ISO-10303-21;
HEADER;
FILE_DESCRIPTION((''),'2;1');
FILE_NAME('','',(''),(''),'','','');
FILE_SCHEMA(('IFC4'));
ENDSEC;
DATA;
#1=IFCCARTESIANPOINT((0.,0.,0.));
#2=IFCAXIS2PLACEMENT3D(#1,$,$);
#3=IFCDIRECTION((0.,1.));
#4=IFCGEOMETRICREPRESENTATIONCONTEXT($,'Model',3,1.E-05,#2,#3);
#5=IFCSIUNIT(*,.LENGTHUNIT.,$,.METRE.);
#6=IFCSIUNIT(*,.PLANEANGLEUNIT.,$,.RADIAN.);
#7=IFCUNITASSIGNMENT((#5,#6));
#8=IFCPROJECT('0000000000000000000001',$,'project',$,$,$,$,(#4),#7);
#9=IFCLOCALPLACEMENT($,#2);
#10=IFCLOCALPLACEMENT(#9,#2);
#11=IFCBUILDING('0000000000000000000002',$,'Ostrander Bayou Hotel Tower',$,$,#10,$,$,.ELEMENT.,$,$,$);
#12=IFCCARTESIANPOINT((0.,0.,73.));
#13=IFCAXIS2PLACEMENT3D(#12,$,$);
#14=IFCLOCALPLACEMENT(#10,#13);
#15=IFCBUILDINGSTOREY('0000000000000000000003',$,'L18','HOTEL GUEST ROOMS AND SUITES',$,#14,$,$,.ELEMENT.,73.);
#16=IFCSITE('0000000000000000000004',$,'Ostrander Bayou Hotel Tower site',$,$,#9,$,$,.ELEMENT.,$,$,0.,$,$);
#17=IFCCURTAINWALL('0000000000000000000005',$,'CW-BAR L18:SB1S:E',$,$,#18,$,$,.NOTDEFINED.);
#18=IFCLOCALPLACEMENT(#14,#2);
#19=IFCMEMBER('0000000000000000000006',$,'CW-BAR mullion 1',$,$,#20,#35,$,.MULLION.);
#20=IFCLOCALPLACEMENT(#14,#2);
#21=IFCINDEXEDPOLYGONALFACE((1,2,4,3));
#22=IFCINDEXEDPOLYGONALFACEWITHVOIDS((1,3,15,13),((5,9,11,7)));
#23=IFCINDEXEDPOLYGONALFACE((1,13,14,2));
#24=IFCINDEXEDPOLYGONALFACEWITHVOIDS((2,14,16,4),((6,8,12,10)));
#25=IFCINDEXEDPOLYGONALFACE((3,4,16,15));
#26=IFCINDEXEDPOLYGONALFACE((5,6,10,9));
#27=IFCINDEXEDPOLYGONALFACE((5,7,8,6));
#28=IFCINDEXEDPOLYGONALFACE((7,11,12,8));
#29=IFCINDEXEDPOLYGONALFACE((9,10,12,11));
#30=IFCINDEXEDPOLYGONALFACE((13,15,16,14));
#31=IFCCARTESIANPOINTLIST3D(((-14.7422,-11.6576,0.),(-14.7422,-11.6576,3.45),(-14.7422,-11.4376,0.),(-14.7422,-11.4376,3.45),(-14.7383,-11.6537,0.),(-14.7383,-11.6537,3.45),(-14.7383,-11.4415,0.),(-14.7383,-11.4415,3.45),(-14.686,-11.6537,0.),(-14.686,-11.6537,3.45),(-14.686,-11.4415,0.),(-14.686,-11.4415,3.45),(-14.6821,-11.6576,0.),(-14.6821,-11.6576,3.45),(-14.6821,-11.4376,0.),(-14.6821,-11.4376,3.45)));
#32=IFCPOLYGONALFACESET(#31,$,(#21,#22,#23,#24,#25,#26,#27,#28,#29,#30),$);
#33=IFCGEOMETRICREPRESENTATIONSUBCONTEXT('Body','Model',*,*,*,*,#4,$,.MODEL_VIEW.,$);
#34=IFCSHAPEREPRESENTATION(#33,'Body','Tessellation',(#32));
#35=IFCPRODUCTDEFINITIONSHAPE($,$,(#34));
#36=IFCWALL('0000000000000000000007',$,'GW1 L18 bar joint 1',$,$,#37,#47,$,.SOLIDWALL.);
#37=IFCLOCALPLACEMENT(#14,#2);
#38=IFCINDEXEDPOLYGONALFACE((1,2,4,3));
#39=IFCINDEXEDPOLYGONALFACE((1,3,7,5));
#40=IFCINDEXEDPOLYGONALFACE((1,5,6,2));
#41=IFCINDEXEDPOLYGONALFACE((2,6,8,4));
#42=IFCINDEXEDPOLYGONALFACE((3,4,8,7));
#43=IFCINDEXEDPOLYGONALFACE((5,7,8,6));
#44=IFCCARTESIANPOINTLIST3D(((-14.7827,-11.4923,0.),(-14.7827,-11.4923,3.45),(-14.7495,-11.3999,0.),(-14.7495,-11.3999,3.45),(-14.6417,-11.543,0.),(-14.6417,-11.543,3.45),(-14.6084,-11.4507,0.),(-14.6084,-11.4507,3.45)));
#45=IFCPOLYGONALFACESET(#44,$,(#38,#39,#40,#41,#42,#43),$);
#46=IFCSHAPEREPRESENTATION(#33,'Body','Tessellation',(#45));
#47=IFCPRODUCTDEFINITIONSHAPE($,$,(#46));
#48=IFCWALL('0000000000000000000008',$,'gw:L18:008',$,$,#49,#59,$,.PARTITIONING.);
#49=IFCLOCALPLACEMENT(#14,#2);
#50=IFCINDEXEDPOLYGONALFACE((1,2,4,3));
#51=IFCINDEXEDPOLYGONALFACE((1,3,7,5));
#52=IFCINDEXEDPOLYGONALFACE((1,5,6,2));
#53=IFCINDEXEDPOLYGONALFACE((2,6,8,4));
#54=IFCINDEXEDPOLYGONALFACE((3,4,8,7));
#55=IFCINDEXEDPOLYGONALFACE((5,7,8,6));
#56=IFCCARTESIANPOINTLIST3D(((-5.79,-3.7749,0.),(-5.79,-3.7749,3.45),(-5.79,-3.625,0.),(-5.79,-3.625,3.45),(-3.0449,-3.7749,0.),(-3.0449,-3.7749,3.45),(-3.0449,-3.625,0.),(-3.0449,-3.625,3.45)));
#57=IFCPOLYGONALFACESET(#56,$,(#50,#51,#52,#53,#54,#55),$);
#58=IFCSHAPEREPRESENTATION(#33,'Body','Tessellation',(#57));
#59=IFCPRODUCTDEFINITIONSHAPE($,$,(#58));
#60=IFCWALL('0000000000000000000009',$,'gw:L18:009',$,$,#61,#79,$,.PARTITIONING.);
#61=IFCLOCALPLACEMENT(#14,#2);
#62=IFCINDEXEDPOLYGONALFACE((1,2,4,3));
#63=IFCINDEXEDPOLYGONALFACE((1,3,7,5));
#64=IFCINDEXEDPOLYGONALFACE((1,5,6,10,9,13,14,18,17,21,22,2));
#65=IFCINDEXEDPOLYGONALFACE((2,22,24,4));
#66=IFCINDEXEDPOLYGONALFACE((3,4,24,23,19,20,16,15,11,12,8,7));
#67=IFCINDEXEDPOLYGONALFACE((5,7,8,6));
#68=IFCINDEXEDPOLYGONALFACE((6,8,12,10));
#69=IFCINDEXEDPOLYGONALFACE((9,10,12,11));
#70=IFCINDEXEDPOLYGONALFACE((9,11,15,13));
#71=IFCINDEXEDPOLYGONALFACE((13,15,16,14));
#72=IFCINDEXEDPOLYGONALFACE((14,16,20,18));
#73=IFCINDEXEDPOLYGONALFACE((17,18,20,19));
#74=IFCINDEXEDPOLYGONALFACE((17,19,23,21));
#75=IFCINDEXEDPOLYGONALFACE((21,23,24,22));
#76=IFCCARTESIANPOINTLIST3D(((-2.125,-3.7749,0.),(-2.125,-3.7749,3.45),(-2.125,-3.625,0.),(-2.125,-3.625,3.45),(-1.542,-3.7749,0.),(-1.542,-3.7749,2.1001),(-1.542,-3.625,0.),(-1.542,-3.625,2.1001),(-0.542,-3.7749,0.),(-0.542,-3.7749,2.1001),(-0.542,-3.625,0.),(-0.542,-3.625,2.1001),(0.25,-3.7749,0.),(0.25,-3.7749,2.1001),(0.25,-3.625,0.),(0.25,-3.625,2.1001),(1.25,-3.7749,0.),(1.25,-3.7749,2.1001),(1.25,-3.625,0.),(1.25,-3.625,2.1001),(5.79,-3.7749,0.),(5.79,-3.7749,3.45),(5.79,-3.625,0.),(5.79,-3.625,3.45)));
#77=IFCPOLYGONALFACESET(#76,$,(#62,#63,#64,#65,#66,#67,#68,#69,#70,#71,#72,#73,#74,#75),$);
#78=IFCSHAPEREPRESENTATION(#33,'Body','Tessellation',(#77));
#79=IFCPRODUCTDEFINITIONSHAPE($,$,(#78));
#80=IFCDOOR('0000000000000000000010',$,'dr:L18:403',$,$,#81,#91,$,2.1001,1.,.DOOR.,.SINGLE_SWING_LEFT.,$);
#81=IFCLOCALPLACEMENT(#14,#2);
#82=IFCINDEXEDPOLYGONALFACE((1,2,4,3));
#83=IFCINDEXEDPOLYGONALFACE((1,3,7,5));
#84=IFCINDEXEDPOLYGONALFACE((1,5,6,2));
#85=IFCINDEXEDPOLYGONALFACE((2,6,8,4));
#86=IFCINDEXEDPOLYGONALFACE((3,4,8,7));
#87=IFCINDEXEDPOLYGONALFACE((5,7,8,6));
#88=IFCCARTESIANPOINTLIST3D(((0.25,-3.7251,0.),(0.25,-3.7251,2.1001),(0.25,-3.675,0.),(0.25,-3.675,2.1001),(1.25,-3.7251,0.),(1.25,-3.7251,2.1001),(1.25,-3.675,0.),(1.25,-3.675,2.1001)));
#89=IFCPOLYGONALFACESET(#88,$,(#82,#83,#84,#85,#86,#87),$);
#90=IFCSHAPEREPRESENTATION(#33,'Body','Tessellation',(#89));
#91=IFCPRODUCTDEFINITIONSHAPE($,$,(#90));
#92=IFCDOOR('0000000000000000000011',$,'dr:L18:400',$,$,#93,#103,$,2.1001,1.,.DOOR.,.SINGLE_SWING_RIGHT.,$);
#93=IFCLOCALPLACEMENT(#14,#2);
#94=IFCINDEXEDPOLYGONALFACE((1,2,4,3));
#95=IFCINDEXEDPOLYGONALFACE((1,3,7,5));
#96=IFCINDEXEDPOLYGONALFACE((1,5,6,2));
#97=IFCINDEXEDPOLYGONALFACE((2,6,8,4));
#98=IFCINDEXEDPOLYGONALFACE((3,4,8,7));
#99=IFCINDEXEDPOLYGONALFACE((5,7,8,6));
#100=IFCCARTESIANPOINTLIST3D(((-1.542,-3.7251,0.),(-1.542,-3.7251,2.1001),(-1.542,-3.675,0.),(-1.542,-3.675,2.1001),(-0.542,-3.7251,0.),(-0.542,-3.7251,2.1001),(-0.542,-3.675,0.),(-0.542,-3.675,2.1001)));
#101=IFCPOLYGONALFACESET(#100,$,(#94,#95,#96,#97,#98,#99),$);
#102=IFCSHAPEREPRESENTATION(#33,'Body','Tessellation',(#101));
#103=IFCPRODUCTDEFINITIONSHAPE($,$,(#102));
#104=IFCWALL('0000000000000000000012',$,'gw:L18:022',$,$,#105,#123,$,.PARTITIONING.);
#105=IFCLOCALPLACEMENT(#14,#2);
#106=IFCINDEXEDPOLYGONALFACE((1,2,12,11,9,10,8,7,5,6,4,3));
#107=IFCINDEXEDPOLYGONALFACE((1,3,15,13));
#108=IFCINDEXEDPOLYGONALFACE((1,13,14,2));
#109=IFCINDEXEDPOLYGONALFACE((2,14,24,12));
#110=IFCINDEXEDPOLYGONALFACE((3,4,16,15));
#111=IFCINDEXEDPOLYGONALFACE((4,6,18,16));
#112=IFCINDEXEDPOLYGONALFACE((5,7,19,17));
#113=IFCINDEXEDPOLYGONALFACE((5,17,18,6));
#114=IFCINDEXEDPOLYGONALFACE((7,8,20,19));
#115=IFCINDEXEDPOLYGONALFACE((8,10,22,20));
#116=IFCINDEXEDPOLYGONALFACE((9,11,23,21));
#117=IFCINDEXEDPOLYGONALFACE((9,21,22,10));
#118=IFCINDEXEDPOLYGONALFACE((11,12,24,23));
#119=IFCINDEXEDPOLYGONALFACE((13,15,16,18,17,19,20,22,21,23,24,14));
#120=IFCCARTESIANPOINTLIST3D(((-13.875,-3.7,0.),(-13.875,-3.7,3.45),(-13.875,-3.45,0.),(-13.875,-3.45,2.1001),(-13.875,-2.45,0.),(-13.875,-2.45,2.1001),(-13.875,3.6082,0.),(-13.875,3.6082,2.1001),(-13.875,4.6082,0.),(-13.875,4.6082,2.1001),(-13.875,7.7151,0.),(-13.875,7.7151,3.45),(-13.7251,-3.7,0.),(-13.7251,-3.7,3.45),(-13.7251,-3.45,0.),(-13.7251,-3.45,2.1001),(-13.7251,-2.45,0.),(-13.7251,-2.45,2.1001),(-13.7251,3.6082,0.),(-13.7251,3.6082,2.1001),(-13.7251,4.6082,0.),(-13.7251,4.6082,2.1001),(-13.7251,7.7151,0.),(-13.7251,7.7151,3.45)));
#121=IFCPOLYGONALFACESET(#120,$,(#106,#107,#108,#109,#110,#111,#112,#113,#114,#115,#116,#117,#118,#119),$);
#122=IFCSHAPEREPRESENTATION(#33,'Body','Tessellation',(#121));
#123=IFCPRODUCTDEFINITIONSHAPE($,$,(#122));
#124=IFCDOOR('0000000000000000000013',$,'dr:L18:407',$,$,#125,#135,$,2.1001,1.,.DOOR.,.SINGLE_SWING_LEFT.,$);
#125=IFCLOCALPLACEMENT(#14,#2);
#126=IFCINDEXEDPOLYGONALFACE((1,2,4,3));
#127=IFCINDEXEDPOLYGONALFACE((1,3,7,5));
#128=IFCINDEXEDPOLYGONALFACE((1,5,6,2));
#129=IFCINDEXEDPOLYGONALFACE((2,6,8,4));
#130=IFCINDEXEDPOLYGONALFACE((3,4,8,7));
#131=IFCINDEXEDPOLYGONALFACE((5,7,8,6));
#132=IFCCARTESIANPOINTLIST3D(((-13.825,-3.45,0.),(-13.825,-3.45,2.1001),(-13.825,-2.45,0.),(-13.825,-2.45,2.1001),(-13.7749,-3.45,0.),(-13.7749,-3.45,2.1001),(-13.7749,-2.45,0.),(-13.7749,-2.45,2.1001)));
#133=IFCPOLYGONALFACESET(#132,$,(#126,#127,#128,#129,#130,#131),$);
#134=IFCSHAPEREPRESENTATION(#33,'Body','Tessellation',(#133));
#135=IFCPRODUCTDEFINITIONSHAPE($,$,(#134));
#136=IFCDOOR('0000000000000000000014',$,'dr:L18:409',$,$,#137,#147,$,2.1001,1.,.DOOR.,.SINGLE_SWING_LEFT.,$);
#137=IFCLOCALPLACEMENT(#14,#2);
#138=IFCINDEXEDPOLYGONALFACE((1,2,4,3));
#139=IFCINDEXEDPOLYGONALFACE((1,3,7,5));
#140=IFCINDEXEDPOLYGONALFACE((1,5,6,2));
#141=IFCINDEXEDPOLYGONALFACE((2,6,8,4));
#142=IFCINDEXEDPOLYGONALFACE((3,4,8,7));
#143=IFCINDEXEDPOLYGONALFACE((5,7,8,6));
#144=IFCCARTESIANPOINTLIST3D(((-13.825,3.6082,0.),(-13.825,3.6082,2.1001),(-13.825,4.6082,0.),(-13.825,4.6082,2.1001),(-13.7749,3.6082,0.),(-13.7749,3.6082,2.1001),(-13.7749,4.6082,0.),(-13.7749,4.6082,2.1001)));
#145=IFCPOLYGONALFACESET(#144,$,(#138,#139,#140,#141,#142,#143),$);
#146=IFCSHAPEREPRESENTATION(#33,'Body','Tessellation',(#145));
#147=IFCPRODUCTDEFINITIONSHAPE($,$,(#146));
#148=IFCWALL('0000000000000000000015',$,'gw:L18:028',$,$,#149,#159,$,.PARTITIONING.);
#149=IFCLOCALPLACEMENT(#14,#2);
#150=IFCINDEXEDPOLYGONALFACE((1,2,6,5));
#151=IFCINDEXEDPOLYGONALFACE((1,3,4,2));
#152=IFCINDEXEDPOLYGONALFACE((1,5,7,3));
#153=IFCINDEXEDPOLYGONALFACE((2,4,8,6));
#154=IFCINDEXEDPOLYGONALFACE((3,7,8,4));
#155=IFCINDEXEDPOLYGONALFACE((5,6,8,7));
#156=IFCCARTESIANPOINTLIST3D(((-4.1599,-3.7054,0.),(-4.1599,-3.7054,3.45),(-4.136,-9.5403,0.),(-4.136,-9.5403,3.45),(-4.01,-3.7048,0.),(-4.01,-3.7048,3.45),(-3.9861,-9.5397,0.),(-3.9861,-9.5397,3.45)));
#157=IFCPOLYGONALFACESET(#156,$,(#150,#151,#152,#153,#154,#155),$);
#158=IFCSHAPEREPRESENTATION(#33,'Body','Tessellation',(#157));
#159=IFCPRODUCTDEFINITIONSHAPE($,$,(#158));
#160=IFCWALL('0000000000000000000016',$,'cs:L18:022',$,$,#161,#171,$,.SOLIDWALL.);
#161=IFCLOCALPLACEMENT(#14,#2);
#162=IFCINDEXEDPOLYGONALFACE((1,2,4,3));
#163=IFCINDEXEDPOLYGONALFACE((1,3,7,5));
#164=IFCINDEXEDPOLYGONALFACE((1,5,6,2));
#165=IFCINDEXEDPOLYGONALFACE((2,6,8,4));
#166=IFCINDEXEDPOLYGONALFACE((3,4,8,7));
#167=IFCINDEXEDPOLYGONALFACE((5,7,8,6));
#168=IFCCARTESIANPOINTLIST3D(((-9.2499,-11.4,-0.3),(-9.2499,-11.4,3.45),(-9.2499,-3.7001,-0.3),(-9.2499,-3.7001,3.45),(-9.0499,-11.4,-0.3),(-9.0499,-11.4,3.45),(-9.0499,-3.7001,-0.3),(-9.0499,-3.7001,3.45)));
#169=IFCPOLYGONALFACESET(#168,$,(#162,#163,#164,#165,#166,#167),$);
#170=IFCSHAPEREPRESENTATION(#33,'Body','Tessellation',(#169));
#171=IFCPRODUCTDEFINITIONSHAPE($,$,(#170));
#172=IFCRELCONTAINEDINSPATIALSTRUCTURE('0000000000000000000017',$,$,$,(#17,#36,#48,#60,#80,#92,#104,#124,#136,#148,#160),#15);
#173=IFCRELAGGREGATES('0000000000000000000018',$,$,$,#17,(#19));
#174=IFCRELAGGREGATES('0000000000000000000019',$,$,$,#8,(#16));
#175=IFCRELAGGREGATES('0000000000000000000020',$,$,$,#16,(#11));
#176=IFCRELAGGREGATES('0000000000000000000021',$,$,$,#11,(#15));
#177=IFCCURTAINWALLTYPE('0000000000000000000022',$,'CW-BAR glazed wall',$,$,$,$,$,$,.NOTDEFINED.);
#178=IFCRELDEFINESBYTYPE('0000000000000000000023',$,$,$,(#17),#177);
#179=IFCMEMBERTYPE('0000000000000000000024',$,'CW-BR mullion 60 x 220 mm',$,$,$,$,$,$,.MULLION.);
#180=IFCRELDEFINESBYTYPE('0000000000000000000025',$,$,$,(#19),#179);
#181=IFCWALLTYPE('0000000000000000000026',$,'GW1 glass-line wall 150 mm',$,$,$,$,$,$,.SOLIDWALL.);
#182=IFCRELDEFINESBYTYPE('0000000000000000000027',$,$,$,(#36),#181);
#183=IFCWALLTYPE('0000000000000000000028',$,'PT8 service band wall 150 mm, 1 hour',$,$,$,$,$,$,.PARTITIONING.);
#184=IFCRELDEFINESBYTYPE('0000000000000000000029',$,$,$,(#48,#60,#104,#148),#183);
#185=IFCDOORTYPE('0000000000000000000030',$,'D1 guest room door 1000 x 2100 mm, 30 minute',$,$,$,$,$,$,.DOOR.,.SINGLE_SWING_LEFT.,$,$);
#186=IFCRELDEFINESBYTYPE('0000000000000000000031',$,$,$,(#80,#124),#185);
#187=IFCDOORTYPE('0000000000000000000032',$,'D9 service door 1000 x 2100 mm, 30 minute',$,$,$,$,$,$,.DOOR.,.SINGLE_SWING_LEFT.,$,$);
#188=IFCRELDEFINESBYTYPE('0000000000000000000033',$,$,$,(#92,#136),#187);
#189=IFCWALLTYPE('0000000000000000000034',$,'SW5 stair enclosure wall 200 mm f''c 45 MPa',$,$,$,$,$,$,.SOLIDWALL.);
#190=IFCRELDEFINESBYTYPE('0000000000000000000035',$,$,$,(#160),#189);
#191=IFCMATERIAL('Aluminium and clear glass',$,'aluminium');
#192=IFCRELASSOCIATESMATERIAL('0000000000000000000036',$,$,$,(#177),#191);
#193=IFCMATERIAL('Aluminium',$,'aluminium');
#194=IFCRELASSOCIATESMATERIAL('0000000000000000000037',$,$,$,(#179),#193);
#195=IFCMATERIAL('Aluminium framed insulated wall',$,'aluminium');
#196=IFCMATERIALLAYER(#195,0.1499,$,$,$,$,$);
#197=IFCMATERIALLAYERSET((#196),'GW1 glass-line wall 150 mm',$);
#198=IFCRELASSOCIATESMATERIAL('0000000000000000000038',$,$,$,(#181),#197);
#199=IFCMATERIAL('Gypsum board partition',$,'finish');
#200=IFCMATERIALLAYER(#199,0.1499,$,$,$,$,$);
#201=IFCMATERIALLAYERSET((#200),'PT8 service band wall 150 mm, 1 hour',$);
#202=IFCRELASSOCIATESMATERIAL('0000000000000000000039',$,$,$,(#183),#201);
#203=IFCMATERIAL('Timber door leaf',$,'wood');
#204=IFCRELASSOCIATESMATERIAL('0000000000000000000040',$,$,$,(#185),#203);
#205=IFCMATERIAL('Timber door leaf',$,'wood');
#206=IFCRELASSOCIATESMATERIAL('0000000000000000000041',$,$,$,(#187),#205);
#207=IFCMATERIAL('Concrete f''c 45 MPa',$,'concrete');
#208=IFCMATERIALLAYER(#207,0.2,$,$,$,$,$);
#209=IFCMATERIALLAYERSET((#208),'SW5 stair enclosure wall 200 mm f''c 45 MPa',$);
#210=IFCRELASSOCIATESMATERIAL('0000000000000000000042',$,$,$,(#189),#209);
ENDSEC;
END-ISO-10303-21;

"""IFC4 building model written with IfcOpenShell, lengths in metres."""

from ifc_helpers import new_model, si_unit, direction, frame, frame_2d, origin, origin_2d, place, context, subcontext, project, spatial, rectangle, hollow_rectangle, extrude, material, layer, layer_set, material_profile, profile_set, type_object, element, fill, aggregate, save


model = new_model("IFC4")

# Units and contexts
model_context = context("Model", 3, precision=1e-05, world=origin(), true_north=direction((0.0, 1.0)))
body_context = subcontext(model_context, "Body", "Model", "MODEL_VIEW")
ifc_project = project(units=[si_unit("LENGTHUNIT", "METRE"), si_unit("PLANEANGLEUNIT", "RADIAN")], contexts=[model_context])

# Site, building, storey
site_placement = place(None, origin())
site = spatial("IfcSite", under=ifc_project, at=site_placement, Name="Ostrander Bayou Hotel Tower site", CompositionType="ELEMENT", RefElevation=0.0)
building_placement = place(site_placement, origin())
building = spatial("IfcBuilding", under=site, at=building_placement, Name="Ostrander Bayou Hotel Tower", CompositionType="ELEMENT")
storey_placement = place(building_placement, frame((0.0, 0.0, 73.0)))
storey = spatial("IfcBuildingStorey", under=building, at=storey_placement, Name="L18", Description="HOTEL GUEST ROOMS AND SUITES", CompositionType="ELEMENT", Elevation=73.0)

# Curtain wall, member
ifc_material_1 = material(Name="Aluminium and clear glass", Category="aluminium")
curtain_wall_type = type_object("IfcCurtainWallType", Name="CW-BAR glazed wall", PredefinedType="NOTDEFINED", material=ifc_material_1)
curtain_wall_placement = place(storey_placement, origin())
curtain_wall = element("IfcCurtainWall", 1, at=curtain_wall_placement, inside=storey, type_object=curtain_wall_type, Name="CW-BAR L18:SB1S:E", PredefinedType="NOTDEFINED")
ifc_material_2 = material(Name="Aluminium", Category="aluminium")
ifc_material_profile = material_profile(ifc_material_2, hollow_rectangle(XDim=0.0601, YDim=0.22, WallThickness=0.0039, at=origin_2d()))
ifc_profile_set = profile_set([ifc_material_profile], Name="Aluminium")
member_type = type_object("IfcMemberType", Name="CW-BR mullion 60 x 220 mm", PredefinedType="MULLION", material=ifc_profile_set)
member_placement = place(storey_placement, frame((-14.7122, -11.5476, 0.0), z_axis=(0.0, 0.0, 1.0), x_axis=(1.0, 0.0, 0.0)))
member = element("IfcMember", 2, at=member_placement, type_object=member_type, Name="CW-BAR mullion 1", PredefinedType="MULLION", context=body_context, shape_type="SweptSolid", body=[
    extrude(hollow_rectangle(XDim=0.0601, YDim=0.22, WallThickness=0.0039, at=origin_2d()), origin(), (0.0, 0.0, 1.0), 3.45),
])
aggregate(curtain_wall, [member])

# Walls
ifc_material_3 = material(Name="Aluminium framed insulated wall", Category="aluminium")
ifc_layer_1 = layer(ifc_material_3, 0.1499)
ifc_layer_set_1 = layer_set([ifc_layer_1], Name="GW1 glass-line wall 150 mm")
wall_type_1 = type_object("IfcWallType", Name="GW1 glass-line wall 150 mm", PredefinedType="SOLIDWALL", material=ifc_layer_set_1)
wall_1_placement = place(storey_placement, frame((-14.679, -11.4253, 0.0), z_axis=(0.0, 0.0, 1.0), x_axis=(-0.338543, -0.940951, 0.0)))
element("IfcWall", 3, at=wall_1_placement, inside=storey, type_object=wall_type_1, Name="GW1 L18 bar joint 1", PredefinedType="SOLIDWALL", context=body_context, shape_type="SweptSolid", body=[
    extrude(rectangle(XDim=0.0981, YDim=0.1499, at=frame_2d((0.0491, 0.0))), origin(), (0.0, 0.0, 1.0), 3.45),
])
ifc_material_4 = material(Name="Gypsum board partition", Category="finish")
ifc_layer_2 = layer(ifc_material_4, 0.1499)
ifc_layer_set_2 = layer_set([ifc_layer_2], Name="PT8 service band wall 150 mm, 1 hour")
wall_type_2 = type_object("IfcWallType", Name="PT8 service band wall 150 mm, 1 hour", PredefinedType="PARTITIONING", material=ifc_layer_set_2)
wall_2_placement = place(storey_placement, frame((-5.79, -3.7, 0.0), z_axis=(0.0, 0.0, 1.0), x_axis=(1.0, 0.0, 0.0)))
element("IfcWall", 4, at=wall_2_placement, inside=storey, type_object=wall_type_2, Name="gw:L18:008", PredefinedType="PARTITIONING", context=body_context, shape_type="SweptSolid", body=[
    extrude(rectangle(XDim=2.7451, YDim=0.1499, at=frame_2d((1.3726, 0.0))), origin(), (0.0, 0.0, 1.0), 3.45),
])

# Walls, openings, doors
wall_3_placement = place(storey_placement, frame((-2.125, -3.7, 0.0), z_axis=(0.0, 0.0, 1.0), x_axis=(1.0, 0.0, 0.0)))
wall_3 = element("IfcWall", 5, at=wall_3_placement, inside=storey, type_object=wall_type_2, Name="gw:L18:009", PredefinedType="PARTITIONING", context=body_context, shape_type="SweptSolid", body=[
    extrude(rectangle(XDim=7.915, YDim=0.1499, at=frame_2d((3.9575, 0.0))), origin(), (0.0, 0.0, 1.0), 3.45),
])
opening_1_placement = place(wall_3_placement, frame((0.583, 0.0, 0.0)))
opening_1 = element("IfcOpeningElement", 6, at=opening_1_placement, cuts=wall_3, PredefinedType="OPENING", context=body_context, shape_type="SweptSolid", body=[
    extrude(rectangle(XDim=1.0, YDim=2.1001, at=frame_2d((0.5, 1.05))), frame((0.0, 0.075, 0.0), z_axis=(0.0, -1.0, 0.0), x_axis=(1.0, 0.0, 0.0)), (0.0, 0.0, 1.0), 0.1499),
])
opening_2_placement = place(wall_3_placement, frame((2.375, 0.0, 0.0)))
opening_2 = element("IfcOpeningElement", 7, at=opening_2_placement, cuts=wall_3, PredefinedType="OPENING", context=body_context, shape_type="SweptSolid", body=[
    extrude(rectangle(XDim=1.0, YDim=2.1001, at=frame_2d((0.5, 1.05))), frame((0.0, 0.075, 0.0), z_axis=(0.0, -1.0, 0.0), x_axis=(1.0, 0.0, 0.0)), (0.0, 0.0, 1.0), 0.1499),
])
ifc_material_5 = material(Name="Timber door leaf", Category="wood")
door_type_1 = type_object("IfcDoorType", Name="D1 guest room door 1000 x 2100 mm, 30 minute", OperationType="SINGLE_SWING_LEFT", PredefinedType="DOOR", material=ifc_material_5)
door_1_placement = place(opening_2_placement, origin())
door_1 = element("IfcDoor", 8, at=door_1_placement, inside=storey, type_object=door_type_1, Name="dr:L18:403", OperationType="SINGLE_SWING_LEFT", OverallHeight=2.1001, OverallWidth=1.0, PredefinedType="DOOR", context=body_context, shape_type="SweptSolid", body=[
    extrude(rectangle(XDim=1.0, YDim=2.1001, at=frame_2d((0.5, 1.05))), frame((0.0, 0.0249, 0.0), z_axis=(0.0, -1.0, 0.0), x_axis=(1.0, 0.0, 0.0)), (0.0, 0.0, 1.0), 0.05),
])
fill(opening_2, door_1)
ifc_material_6 = material(Name="Timber door leaf", Category="wood")
door_type_2 = type_object("IfcDoorType", Name="D9 service door 1000 x 2100 mm, 30 minute", OperationType="SINGLE_SWING_LEFT", PredefinedType="DOOR", material=ifc_material_6)
door_2_placement = place(opening_1_placement, origin())
door_2 = element("IfcDoor", 9, at=door_2_placement, inside=storey, type_object=door_type_2, Name="dr:L18:400", OperationType="SINGLE_SWING_RIGHT", OverallHeight=2.1001, OverallWidth=1.0, PredefinedType="DOOR", context=body_context, shape_type="SweptSolid", body=[
    extrude(rectangle(XDim=1.0, YDim=2.1001, at=frame_2d((0.5, 1.05))), frame((0.0, 0.0249, 0.0), z_axis=(0.0, -1.0, 0.0), x_axis=(1.0, 0.0, 0.0)), (0.0, 0.0, 1.0), 0.05),
])
fill(opening_1, door_2)
wall_4_placement = place(storey_placement, frame((-13.8, -3.7, 0.0), z_axis=(0.0, 0.0, 1.0), x_axis=(0.0, 1.0, 0.0)))
wall_4 = element("IfcWall", 10, at=wall_4_placement, inside=storey, type_object=wall_type_2, Name="gw:L18:022", PredefinedType="PARTITIONING", context=body_context, shape_type="SweptSolid", body=[
    extrude(rectangle(XDim=11.415, YDim=0.1499, at=frame_2d((5.7075, 0.0))), origin(), (0.0, 0.0, 1.0), 3.45),
])
opening_3_placement = place(wall_4_placement, frame((0.25, 0.0, 0.0)))
opening_3 = element("IfcOpeningElement", 11, at=opening_3_placement, cuts=wall_4, PredefinedType="OPENING", context=body_context, shape_type="SweptSolid", body=[
    extrude(rectangle(XDim=1.0, YDim=2.1001, at=frame_2d((0.5, 1.05))), frame((0.0, 0.075, 0.0), z_axis=(0.0, -1.0, 0.0), x_axis=(1.0, 0.0, 0.0)), (0.0, 0.0, 1.0), 0.1499),
])
opening_4_placement = place(wall_4_placement, frame((7.3081, 0.0, 0.0)))
opening_4 = element("IfcOpeningElement", 12, at=opening_4_placement, cuts=wall_4, PredefinedType="OPENING", context=body_context, shape_type="SweptSolid", body=[
    extrude(rectangle(XDim=1.0, YDim=2.1001, at=frame_2d((0.5, 1.05))), frame((0.0, 0.075, 0.0), z_axis=(0.0, -1.0, 0.0), x_axis=(1.0, 0.0, 0.0)), (0.0, 0.0, 1.0), 0.1499),
])
door_3_placement = place(opening_3_placement, origin())
door_3 = element("IfcDoor", 13, at=door_3_placement, inside=storey, type_object=door_type_1, Name="dr:L18:407", OperationType="SINGLE_SWING_LEFT", OverallHeight=2.1001, OverallWidth=1.0, PredefinedType="DOOR", context=body_context, shape_type="SweptSolid", body=[
    extrude(rectangle(XDim=1.0, YDim=2.1001, at=frame_2d((0.5, 1.05))), frame((0.0, 0.0249, 0.0), z_axis=(0.0, -1.0, 0.0), x_axis=(1.0, 0.0, 0.0)), (0.0, 0.0, 1.0), 0.05),
])
fill(opening_3, door_3)
door_4_placement = place(opening_4_placement, origin())
door_4 = element("IfcDoor", 14, at=door_4_placement, inside=storey, type_object=door_type_2, Name="dr:L18:409", OperationType="SINGLE_SWING_LEFT", OverallHeight=2.1001, OverallWidth=1.0, PredefinedType="DOOR", context=body_context, shape_type="SweptSolid", body=[
    extrude(rectangle(XDim=1.0, YDim=2.1001, at=frame_2d((0.5, 1.05))), frame((0.0, 0.0249, 0.0), z_axis=(0.0, -1.0, 0.0), x_axis=(1.0, 0.0, 0.0)), (0.0, 0.0, 1.0), 0.05),
])
fill(opening_4, door_4)

# Wall
wall_5_placement = place(storey_placement, frame((-4.061, -9.54, 0.0), z_axis=(0.0, 0.0, 1.0), x_axis=(-0.0041, 0.999992, 0.0)))
element("IfcWall", 15, at=wall_5_placement, inside=storey, type_object=wall_type_2, Name="gw:L18:028", PredefinedType="PARTITIONING", context=body_context, shape_type="SweptSolid", body=[
    extrude(rectangle(XDim=5.835, YDim=0.1499, at=frame_2d((2.9175, 0.0))), origin(), (0.0, 0.0, 1.0), 3.45),
])

# Shared definitions
ifc_material_7 = material(Name="Concrete f'c 45 MPa", Category="concrete")
ifc_layer_3 = layer(ifc_material_7, 0.2)
ifc_layer_set_3 = layer_set([ifc_layer_3], Name="SW5 stair enclosure wall 200 mm f'c 45 MPa")
wall_type_3 = type_object("IfcWallType", Name="SW5 stair enclosure wall 200 mm f'c 45 MPa", PredefinedType="SOLIDWALL", material=ifc_layer_set_3)

# Wall
for number, where, z_axis, x_axis, name in (
    (16, (-9.1499, -3.7, -0.3), (0.0, 0.0, 1.0), (0.0, -1.0, 0.0), "cs:L18:022"),
):
    element("IfcWall", number, at=place(storey_placement, frame(where, z_axis=z_axis, x_axis=x_axis)), inside=storey, type_object=wall_type_3, Name=name, PredefinedType="SOLIDWALL", context=body_context, shape_type="SweptSolid", body=[
        extrude(rectangle(XDim=7.7, YDim=0.2, at=frame_2d((3.8501, 0.0))), origin(), (0.0, 0.0, 1.0), 3.75),
    ])

save(model, "model.ifc")
